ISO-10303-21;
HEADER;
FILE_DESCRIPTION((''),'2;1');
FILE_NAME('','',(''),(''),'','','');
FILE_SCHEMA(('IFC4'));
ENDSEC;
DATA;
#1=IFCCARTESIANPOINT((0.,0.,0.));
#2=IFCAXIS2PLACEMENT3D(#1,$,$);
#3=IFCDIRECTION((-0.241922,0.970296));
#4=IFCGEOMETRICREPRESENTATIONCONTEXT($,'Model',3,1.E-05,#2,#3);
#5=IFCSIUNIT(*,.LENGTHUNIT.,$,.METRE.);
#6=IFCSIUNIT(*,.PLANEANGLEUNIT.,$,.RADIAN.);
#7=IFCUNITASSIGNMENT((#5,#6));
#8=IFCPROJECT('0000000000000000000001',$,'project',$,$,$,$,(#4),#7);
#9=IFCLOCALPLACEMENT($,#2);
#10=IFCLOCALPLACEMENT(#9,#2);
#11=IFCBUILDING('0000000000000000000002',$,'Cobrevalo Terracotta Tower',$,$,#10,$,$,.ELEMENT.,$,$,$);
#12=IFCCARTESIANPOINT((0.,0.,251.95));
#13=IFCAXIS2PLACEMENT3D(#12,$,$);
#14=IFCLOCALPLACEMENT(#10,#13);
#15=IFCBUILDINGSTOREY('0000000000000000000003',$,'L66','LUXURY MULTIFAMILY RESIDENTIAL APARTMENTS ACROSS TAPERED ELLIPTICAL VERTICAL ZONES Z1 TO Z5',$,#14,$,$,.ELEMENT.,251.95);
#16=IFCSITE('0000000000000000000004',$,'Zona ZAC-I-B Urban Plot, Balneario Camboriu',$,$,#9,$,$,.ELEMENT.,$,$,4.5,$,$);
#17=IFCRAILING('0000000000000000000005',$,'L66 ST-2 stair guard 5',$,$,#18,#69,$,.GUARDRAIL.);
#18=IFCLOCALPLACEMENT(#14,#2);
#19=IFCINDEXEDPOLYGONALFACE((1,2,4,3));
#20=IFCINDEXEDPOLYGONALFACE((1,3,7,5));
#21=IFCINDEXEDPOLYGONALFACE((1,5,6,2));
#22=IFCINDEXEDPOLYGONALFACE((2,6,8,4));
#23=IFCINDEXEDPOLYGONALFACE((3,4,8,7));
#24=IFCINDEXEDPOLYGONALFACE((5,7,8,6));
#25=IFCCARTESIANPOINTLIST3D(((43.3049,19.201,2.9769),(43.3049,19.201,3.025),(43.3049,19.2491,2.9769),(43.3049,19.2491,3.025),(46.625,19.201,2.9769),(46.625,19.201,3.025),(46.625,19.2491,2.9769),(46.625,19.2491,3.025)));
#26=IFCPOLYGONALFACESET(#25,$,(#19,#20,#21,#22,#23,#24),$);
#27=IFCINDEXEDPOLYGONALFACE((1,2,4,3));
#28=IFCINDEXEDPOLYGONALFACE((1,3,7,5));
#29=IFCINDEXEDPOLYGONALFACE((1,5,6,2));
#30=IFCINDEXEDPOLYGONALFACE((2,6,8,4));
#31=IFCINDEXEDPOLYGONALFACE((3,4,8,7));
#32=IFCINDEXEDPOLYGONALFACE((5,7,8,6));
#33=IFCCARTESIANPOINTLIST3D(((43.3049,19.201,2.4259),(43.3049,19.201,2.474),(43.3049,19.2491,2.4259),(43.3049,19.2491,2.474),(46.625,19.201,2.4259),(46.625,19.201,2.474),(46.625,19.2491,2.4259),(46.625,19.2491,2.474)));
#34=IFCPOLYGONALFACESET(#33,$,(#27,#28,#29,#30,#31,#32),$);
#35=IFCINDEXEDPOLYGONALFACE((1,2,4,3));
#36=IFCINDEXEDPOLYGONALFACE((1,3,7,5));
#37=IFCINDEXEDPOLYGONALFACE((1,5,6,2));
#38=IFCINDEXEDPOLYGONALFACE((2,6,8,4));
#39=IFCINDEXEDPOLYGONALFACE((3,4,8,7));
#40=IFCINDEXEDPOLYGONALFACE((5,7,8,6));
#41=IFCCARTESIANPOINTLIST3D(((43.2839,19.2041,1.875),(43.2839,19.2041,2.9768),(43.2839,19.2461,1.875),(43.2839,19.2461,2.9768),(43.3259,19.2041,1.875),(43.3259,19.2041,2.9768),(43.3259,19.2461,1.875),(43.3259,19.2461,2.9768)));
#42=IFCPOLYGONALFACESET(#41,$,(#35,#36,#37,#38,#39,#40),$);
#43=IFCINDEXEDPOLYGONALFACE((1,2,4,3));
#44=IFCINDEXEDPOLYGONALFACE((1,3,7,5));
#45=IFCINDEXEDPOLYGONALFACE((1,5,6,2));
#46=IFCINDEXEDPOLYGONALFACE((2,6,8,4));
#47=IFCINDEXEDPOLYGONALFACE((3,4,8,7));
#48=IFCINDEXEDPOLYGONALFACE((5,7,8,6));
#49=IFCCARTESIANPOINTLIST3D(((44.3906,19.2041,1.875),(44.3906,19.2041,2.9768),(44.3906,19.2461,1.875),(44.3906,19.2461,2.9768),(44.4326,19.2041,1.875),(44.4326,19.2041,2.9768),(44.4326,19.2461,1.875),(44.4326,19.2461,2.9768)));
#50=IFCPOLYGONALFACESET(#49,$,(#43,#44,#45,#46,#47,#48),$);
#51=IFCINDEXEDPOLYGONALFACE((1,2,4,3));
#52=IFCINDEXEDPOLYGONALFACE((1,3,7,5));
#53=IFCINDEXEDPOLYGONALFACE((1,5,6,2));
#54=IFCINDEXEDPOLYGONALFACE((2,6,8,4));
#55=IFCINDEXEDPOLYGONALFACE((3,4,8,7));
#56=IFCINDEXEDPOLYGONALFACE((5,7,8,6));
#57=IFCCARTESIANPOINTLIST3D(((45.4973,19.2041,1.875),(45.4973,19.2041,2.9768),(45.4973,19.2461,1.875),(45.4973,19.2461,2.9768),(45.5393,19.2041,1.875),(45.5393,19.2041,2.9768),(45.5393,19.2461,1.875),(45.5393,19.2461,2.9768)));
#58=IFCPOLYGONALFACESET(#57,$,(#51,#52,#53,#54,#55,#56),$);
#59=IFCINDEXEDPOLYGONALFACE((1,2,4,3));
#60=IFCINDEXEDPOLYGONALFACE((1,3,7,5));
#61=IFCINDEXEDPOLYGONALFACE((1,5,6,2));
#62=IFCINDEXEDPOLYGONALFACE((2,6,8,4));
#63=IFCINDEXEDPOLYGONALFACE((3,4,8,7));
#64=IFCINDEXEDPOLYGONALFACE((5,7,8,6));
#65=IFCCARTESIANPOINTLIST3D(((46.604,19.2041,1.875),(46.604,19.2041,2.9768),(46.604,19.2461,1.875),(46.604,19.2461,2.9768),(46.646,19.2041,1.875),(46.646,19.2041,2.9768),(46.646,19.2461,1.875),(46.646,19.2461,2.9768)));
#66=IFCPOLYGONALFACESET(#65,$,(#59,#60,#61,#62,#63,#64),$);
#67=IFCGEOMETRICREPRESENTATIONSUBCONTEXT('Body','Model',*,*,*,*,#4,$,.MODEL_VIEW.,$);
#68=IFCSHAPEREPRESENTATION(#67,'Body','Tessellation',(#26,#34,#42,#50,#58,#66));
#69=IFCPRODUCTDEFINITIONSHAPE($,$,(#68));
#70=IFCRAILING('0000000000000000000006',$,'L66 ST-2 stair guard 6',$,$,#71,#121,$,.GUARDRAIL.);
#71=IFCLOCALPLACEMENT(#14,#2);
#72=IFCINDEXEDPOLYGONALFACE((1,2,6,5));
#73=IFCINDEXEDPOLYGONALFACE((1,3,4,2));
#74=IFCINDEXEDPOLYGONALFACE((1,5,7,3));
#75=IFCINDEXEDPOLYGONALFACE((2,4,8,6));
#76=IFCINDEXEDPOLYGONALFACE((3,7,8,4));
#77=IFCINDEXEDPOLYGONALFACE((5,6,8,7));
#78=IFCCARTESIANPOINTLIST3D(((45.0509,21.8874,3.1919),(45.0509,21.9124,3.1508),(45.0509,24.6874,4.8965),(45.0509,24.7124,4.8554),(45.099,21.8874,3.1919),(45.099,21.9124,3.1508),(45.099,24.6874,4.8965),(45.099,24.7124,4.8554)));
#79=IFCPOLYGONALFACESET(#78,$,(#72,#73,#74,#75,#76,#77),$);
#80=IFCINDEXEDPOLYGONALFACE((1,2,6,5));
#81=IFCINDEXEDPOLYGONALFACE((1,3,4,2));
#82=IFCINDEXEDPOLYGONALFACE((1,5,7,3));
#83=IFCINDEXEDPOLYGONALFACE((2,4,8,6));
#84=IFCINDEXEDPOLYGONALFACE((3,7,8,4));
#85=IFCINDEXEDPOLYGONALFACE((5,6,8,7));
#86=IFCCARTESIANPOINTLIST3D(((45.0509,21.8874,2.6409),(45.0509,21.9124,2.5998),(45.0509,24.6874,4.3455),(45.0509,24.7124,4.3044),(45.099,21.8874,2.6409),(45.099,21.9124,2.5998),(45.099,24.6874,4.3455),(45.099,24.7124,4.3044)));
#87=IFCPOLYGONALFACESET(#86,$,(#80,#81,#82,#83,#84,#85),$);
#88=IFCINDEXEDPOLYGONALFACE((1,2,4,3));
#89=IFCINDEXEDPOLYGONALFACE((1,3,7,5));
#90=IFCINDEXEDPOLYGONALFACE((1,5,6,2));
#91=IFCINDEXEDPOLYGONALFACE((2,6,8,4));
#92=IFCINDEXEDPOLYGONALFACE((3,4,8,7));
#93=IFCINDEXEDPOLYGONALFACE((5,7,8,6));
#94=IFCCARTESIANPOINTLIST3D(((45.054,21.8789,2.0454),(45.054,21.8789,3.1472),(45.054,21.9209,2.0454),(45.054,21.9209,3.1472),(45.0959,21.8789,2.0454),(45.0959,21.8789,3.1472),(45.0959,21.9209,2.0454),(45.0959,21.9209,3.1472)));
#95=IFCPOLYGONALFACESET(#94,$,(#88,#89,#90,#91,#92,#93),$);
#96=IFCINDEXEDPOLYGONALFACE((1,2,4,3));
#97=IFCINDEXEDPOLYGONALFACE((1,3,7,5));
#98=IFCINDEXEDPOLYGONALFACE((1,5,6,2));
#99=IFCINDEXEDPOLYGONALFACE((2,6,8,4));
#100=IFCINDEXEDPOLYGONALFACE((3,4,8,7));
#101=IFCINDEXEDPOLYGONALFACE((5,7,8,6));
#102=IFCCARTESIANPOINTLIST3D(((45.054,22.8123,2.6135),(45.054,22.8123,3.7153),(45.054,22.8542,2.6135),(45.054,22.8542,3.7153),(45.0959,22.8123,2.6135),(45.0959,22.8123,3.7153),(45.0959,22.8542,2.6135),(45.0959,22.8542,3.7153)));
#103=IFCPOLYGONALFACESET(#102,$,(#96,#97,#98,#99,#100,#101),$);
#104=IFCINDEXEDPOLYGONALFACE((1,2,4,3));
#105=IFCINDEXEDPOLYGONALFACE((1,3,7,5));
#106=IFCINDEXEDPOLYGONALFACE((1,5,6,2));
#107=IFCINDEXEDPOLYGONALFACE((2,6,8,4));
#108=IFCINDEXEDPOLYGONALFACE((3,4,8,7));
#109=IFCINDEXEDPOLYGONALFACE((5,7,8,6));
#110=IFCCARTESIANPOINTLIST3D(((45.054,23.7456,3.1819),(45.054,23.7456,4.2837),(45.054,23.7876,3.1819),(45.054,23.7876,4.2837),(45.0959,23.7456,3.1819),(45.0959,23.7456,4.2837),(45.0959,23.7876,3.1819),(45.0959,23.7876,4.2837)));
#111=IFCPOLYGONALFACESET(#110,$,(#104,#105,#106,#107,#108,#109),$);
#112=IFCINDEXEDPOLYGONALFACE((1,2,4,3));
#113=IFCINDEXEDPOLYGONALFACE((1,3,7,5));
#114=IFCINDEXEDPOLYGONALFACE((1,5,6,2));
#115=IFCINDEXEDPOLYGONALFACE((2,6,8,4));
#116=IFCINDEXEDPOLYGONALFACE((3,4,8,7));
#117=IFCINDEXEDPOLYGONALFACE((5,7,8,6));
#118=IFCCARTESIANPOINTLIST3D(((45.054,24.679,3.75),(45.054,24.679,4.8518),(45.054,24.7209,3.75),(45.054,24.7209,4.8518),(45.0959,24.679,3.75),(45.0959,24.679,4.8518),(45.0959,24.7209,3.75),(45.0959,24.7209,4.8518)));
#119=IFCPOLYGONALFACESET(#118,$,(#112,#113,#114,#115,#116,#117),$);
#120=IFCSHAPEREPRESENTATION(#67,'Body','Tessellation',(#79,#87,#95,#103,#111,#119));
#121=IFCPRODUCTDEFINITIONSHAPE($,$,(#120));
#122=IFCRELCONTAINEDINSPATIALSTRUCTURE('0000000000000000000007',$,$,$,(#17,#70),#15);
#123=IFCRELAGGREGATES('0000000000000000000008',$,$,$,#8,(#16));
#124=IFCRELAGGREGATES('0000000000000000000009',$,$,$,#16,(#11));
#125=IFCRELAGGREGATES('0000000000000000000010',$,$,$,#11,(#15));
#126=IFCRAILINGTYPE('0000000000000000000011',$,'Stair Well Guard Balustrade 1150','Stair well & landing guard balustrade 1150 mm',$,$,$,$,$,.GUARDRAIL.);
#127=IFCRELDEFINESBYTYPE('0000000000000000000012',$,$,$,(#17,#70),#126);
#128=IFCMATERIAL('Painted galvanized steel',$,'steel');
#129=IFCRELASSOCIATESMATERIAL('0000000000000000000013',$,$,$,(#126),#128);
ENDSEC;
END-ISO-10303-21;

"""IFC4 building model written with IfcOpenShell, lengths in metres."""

from ifc_helpers import new_model, si_unit, direction, frame, origin, origin_2d, place, context, subcontext, project, spatial, rectangle, extrude, material, type_object, element, save


model = new_model("IFC4")

# Units and contexts
model_context = context("Model", 3, precision=1e-05, world=origin(), true_north=direction((-0.241922, 0.970296)))
body_context = subcontext(model_context, "Body", "Model", "MODEL_VIEW")
ifc_project = project(units=[si_unit("LENGTHUNIT", "METRE"), si_unit("PLANEANGLEUNIT", "RADIAN")], contexts=[model_context])

# Site, building, storey
site_placement = place(None, origin())
site = spatial("IfcSite", under=ifc_project, at=site_placement, Name="Zona ZAC-I-B Urban Plot, Balneario Camboriu", CompositionType="ELEMENT", RefElevation=4.5)
building_placement = place(site_placement, origin())
building = spatial("IfcBuilding", under=site, at=building_placement, Name="Cobrevalo Terracotta Tower", CompositionType="ELEMENT")
storey_placement = place(building_placement, frame((0.0, 0.0, 251.95)))
storey = spatial("IfcBuildingStorey", under=building, at=storey_placement, Name="L66", Description="LUXURY MULTIFAMILY RESIDENTIAL APARTMENTS ACROSS TAPERED ELLIPTICAL VERTICAL ZONES Z1 TO Z5", CompositionType="ELEMENT", Elevation=251.95)

# Railings
ifc_material_1 = material(Name="Painted galvanized steel", Category="steel")
railing_type_1 = type_object("IfcRailingType", Name="Stair Well Guard Balustrade 1150", Description="Stair well & landing guard balustrade 1150 mm", PredefinedType="GUARDRAIL", material=ifc_material_1)
railing_1_placement = place(storey_placement, frame((43.3049, 19.2251, 1.875)))
element("IfcRailing", 1, at=railing_1_placement, inside=storey, type_object=railing_type_1, Name="L66 ST-2 stair guard 5", PredefinedType="GUARDRAIL", context=body_context, shape_type="SweptSolid", body=[
    extrude(rectangle(XDim=0.0481, YDim=0.0481, at=origin_2d()), frame((0.0, 0.0, 1.126), z_axis=(1.0, 0.0, 0.0), x_axis=(0.0, 1.0, 0.0)), (0.0, 0.0, 1.0), 3.3201),
    extrude(rectangle(XDim=0.0481, YDim=0.0481, at=origin_2d()), frame((0.0, 0.0, 0.575), z_axis=(1.0, 0.0, 0.0), x_axis=(0.0, 1.0, 0.0)), (0.0, 0.0, 1.0), 3.3201),
    extrude(rectangle(XDim=0.042, YDim=0.042, at=origin_2d()), origin(), (0.0, 0.0, 1.0), 1.1018),
    extrude(rectangle(XDim=0.042, YDim=0.042, at=origin_2d()), frame((1.1067, 0.0, 0.0)), (0.0, 0.0, 1.0), 1.1018),
    extrude(rectangle(XDim=0.042, YDim=0.042, at=origin_2d()), frame((2.2134, 0.0, 0.0)), (0.0, 0.0, 1.0), 1.1018),
    extrude(rectangle(XDim=0.042, YDim=0.042, at=origin_2d()), frame((3.3201, 0.0, 0.0)), (0.0, 0.0, 1.0), 1.1018),
])
railing_2_placement = place(storey_placement, frame((45.075, 21.8999, 2.0454)))
element("IfcRailing", 2, at=railing_2_placement, inside=storey, type_object=railing_type_1, Name="L66 ST-2 stair guard 6", PredefinedType="GUARDRAIL", context=body_context, shape_type="SweptSolid", body=[
    extrude(rectangle(XDim=0.0481, YDim=0.0481, at=origin_2d()), frame((0.0, 0.0, 1.126), z_axis=(0.0, 0.85417, 0.519994), x_axis=(-1.0, 0.0, 0.0)), (0.0, 0.0, 1.0), 3.2781),
    extrude(rectangle(XDim=0.0481, YDim=0.0481, at=origin_2d()), frame((0.0, 0.0, 0.575), z_axis=(0.0, 0.85417, 0.519994), x_axis=(-1.0, 0.0, 0.0)), (0.0, 0.0, 1.0), 3.2781),
    extrude(rectangle(XDim=0.042, YDim=0.042, at=origin_2d()), origin(), (0.0, 0.0, 1.0), 1.1018),
    extrude(rectangle(XDim=0.042, YDim=0.042, at=origin_2d()), frame((0.0, 0.9333, 0.5681)), (0.0, 0.0, 1.0), 1.1018),
    extrude(rectangle(XDim=0.042, YDim=0.042, at=origin_2d()), frame((0.0, 1.8667, 1.1365)), (0.0, 0.0, 1.0), 1.1018),
    extrude(rectangle(XDim=0.042, YDim=0.042, at=origin_2d()), frame((0.0, 2.8, 1.7046)), (0.0, 0.0, 1.0), 1.1018),
])

save(model, "model.ifc")
